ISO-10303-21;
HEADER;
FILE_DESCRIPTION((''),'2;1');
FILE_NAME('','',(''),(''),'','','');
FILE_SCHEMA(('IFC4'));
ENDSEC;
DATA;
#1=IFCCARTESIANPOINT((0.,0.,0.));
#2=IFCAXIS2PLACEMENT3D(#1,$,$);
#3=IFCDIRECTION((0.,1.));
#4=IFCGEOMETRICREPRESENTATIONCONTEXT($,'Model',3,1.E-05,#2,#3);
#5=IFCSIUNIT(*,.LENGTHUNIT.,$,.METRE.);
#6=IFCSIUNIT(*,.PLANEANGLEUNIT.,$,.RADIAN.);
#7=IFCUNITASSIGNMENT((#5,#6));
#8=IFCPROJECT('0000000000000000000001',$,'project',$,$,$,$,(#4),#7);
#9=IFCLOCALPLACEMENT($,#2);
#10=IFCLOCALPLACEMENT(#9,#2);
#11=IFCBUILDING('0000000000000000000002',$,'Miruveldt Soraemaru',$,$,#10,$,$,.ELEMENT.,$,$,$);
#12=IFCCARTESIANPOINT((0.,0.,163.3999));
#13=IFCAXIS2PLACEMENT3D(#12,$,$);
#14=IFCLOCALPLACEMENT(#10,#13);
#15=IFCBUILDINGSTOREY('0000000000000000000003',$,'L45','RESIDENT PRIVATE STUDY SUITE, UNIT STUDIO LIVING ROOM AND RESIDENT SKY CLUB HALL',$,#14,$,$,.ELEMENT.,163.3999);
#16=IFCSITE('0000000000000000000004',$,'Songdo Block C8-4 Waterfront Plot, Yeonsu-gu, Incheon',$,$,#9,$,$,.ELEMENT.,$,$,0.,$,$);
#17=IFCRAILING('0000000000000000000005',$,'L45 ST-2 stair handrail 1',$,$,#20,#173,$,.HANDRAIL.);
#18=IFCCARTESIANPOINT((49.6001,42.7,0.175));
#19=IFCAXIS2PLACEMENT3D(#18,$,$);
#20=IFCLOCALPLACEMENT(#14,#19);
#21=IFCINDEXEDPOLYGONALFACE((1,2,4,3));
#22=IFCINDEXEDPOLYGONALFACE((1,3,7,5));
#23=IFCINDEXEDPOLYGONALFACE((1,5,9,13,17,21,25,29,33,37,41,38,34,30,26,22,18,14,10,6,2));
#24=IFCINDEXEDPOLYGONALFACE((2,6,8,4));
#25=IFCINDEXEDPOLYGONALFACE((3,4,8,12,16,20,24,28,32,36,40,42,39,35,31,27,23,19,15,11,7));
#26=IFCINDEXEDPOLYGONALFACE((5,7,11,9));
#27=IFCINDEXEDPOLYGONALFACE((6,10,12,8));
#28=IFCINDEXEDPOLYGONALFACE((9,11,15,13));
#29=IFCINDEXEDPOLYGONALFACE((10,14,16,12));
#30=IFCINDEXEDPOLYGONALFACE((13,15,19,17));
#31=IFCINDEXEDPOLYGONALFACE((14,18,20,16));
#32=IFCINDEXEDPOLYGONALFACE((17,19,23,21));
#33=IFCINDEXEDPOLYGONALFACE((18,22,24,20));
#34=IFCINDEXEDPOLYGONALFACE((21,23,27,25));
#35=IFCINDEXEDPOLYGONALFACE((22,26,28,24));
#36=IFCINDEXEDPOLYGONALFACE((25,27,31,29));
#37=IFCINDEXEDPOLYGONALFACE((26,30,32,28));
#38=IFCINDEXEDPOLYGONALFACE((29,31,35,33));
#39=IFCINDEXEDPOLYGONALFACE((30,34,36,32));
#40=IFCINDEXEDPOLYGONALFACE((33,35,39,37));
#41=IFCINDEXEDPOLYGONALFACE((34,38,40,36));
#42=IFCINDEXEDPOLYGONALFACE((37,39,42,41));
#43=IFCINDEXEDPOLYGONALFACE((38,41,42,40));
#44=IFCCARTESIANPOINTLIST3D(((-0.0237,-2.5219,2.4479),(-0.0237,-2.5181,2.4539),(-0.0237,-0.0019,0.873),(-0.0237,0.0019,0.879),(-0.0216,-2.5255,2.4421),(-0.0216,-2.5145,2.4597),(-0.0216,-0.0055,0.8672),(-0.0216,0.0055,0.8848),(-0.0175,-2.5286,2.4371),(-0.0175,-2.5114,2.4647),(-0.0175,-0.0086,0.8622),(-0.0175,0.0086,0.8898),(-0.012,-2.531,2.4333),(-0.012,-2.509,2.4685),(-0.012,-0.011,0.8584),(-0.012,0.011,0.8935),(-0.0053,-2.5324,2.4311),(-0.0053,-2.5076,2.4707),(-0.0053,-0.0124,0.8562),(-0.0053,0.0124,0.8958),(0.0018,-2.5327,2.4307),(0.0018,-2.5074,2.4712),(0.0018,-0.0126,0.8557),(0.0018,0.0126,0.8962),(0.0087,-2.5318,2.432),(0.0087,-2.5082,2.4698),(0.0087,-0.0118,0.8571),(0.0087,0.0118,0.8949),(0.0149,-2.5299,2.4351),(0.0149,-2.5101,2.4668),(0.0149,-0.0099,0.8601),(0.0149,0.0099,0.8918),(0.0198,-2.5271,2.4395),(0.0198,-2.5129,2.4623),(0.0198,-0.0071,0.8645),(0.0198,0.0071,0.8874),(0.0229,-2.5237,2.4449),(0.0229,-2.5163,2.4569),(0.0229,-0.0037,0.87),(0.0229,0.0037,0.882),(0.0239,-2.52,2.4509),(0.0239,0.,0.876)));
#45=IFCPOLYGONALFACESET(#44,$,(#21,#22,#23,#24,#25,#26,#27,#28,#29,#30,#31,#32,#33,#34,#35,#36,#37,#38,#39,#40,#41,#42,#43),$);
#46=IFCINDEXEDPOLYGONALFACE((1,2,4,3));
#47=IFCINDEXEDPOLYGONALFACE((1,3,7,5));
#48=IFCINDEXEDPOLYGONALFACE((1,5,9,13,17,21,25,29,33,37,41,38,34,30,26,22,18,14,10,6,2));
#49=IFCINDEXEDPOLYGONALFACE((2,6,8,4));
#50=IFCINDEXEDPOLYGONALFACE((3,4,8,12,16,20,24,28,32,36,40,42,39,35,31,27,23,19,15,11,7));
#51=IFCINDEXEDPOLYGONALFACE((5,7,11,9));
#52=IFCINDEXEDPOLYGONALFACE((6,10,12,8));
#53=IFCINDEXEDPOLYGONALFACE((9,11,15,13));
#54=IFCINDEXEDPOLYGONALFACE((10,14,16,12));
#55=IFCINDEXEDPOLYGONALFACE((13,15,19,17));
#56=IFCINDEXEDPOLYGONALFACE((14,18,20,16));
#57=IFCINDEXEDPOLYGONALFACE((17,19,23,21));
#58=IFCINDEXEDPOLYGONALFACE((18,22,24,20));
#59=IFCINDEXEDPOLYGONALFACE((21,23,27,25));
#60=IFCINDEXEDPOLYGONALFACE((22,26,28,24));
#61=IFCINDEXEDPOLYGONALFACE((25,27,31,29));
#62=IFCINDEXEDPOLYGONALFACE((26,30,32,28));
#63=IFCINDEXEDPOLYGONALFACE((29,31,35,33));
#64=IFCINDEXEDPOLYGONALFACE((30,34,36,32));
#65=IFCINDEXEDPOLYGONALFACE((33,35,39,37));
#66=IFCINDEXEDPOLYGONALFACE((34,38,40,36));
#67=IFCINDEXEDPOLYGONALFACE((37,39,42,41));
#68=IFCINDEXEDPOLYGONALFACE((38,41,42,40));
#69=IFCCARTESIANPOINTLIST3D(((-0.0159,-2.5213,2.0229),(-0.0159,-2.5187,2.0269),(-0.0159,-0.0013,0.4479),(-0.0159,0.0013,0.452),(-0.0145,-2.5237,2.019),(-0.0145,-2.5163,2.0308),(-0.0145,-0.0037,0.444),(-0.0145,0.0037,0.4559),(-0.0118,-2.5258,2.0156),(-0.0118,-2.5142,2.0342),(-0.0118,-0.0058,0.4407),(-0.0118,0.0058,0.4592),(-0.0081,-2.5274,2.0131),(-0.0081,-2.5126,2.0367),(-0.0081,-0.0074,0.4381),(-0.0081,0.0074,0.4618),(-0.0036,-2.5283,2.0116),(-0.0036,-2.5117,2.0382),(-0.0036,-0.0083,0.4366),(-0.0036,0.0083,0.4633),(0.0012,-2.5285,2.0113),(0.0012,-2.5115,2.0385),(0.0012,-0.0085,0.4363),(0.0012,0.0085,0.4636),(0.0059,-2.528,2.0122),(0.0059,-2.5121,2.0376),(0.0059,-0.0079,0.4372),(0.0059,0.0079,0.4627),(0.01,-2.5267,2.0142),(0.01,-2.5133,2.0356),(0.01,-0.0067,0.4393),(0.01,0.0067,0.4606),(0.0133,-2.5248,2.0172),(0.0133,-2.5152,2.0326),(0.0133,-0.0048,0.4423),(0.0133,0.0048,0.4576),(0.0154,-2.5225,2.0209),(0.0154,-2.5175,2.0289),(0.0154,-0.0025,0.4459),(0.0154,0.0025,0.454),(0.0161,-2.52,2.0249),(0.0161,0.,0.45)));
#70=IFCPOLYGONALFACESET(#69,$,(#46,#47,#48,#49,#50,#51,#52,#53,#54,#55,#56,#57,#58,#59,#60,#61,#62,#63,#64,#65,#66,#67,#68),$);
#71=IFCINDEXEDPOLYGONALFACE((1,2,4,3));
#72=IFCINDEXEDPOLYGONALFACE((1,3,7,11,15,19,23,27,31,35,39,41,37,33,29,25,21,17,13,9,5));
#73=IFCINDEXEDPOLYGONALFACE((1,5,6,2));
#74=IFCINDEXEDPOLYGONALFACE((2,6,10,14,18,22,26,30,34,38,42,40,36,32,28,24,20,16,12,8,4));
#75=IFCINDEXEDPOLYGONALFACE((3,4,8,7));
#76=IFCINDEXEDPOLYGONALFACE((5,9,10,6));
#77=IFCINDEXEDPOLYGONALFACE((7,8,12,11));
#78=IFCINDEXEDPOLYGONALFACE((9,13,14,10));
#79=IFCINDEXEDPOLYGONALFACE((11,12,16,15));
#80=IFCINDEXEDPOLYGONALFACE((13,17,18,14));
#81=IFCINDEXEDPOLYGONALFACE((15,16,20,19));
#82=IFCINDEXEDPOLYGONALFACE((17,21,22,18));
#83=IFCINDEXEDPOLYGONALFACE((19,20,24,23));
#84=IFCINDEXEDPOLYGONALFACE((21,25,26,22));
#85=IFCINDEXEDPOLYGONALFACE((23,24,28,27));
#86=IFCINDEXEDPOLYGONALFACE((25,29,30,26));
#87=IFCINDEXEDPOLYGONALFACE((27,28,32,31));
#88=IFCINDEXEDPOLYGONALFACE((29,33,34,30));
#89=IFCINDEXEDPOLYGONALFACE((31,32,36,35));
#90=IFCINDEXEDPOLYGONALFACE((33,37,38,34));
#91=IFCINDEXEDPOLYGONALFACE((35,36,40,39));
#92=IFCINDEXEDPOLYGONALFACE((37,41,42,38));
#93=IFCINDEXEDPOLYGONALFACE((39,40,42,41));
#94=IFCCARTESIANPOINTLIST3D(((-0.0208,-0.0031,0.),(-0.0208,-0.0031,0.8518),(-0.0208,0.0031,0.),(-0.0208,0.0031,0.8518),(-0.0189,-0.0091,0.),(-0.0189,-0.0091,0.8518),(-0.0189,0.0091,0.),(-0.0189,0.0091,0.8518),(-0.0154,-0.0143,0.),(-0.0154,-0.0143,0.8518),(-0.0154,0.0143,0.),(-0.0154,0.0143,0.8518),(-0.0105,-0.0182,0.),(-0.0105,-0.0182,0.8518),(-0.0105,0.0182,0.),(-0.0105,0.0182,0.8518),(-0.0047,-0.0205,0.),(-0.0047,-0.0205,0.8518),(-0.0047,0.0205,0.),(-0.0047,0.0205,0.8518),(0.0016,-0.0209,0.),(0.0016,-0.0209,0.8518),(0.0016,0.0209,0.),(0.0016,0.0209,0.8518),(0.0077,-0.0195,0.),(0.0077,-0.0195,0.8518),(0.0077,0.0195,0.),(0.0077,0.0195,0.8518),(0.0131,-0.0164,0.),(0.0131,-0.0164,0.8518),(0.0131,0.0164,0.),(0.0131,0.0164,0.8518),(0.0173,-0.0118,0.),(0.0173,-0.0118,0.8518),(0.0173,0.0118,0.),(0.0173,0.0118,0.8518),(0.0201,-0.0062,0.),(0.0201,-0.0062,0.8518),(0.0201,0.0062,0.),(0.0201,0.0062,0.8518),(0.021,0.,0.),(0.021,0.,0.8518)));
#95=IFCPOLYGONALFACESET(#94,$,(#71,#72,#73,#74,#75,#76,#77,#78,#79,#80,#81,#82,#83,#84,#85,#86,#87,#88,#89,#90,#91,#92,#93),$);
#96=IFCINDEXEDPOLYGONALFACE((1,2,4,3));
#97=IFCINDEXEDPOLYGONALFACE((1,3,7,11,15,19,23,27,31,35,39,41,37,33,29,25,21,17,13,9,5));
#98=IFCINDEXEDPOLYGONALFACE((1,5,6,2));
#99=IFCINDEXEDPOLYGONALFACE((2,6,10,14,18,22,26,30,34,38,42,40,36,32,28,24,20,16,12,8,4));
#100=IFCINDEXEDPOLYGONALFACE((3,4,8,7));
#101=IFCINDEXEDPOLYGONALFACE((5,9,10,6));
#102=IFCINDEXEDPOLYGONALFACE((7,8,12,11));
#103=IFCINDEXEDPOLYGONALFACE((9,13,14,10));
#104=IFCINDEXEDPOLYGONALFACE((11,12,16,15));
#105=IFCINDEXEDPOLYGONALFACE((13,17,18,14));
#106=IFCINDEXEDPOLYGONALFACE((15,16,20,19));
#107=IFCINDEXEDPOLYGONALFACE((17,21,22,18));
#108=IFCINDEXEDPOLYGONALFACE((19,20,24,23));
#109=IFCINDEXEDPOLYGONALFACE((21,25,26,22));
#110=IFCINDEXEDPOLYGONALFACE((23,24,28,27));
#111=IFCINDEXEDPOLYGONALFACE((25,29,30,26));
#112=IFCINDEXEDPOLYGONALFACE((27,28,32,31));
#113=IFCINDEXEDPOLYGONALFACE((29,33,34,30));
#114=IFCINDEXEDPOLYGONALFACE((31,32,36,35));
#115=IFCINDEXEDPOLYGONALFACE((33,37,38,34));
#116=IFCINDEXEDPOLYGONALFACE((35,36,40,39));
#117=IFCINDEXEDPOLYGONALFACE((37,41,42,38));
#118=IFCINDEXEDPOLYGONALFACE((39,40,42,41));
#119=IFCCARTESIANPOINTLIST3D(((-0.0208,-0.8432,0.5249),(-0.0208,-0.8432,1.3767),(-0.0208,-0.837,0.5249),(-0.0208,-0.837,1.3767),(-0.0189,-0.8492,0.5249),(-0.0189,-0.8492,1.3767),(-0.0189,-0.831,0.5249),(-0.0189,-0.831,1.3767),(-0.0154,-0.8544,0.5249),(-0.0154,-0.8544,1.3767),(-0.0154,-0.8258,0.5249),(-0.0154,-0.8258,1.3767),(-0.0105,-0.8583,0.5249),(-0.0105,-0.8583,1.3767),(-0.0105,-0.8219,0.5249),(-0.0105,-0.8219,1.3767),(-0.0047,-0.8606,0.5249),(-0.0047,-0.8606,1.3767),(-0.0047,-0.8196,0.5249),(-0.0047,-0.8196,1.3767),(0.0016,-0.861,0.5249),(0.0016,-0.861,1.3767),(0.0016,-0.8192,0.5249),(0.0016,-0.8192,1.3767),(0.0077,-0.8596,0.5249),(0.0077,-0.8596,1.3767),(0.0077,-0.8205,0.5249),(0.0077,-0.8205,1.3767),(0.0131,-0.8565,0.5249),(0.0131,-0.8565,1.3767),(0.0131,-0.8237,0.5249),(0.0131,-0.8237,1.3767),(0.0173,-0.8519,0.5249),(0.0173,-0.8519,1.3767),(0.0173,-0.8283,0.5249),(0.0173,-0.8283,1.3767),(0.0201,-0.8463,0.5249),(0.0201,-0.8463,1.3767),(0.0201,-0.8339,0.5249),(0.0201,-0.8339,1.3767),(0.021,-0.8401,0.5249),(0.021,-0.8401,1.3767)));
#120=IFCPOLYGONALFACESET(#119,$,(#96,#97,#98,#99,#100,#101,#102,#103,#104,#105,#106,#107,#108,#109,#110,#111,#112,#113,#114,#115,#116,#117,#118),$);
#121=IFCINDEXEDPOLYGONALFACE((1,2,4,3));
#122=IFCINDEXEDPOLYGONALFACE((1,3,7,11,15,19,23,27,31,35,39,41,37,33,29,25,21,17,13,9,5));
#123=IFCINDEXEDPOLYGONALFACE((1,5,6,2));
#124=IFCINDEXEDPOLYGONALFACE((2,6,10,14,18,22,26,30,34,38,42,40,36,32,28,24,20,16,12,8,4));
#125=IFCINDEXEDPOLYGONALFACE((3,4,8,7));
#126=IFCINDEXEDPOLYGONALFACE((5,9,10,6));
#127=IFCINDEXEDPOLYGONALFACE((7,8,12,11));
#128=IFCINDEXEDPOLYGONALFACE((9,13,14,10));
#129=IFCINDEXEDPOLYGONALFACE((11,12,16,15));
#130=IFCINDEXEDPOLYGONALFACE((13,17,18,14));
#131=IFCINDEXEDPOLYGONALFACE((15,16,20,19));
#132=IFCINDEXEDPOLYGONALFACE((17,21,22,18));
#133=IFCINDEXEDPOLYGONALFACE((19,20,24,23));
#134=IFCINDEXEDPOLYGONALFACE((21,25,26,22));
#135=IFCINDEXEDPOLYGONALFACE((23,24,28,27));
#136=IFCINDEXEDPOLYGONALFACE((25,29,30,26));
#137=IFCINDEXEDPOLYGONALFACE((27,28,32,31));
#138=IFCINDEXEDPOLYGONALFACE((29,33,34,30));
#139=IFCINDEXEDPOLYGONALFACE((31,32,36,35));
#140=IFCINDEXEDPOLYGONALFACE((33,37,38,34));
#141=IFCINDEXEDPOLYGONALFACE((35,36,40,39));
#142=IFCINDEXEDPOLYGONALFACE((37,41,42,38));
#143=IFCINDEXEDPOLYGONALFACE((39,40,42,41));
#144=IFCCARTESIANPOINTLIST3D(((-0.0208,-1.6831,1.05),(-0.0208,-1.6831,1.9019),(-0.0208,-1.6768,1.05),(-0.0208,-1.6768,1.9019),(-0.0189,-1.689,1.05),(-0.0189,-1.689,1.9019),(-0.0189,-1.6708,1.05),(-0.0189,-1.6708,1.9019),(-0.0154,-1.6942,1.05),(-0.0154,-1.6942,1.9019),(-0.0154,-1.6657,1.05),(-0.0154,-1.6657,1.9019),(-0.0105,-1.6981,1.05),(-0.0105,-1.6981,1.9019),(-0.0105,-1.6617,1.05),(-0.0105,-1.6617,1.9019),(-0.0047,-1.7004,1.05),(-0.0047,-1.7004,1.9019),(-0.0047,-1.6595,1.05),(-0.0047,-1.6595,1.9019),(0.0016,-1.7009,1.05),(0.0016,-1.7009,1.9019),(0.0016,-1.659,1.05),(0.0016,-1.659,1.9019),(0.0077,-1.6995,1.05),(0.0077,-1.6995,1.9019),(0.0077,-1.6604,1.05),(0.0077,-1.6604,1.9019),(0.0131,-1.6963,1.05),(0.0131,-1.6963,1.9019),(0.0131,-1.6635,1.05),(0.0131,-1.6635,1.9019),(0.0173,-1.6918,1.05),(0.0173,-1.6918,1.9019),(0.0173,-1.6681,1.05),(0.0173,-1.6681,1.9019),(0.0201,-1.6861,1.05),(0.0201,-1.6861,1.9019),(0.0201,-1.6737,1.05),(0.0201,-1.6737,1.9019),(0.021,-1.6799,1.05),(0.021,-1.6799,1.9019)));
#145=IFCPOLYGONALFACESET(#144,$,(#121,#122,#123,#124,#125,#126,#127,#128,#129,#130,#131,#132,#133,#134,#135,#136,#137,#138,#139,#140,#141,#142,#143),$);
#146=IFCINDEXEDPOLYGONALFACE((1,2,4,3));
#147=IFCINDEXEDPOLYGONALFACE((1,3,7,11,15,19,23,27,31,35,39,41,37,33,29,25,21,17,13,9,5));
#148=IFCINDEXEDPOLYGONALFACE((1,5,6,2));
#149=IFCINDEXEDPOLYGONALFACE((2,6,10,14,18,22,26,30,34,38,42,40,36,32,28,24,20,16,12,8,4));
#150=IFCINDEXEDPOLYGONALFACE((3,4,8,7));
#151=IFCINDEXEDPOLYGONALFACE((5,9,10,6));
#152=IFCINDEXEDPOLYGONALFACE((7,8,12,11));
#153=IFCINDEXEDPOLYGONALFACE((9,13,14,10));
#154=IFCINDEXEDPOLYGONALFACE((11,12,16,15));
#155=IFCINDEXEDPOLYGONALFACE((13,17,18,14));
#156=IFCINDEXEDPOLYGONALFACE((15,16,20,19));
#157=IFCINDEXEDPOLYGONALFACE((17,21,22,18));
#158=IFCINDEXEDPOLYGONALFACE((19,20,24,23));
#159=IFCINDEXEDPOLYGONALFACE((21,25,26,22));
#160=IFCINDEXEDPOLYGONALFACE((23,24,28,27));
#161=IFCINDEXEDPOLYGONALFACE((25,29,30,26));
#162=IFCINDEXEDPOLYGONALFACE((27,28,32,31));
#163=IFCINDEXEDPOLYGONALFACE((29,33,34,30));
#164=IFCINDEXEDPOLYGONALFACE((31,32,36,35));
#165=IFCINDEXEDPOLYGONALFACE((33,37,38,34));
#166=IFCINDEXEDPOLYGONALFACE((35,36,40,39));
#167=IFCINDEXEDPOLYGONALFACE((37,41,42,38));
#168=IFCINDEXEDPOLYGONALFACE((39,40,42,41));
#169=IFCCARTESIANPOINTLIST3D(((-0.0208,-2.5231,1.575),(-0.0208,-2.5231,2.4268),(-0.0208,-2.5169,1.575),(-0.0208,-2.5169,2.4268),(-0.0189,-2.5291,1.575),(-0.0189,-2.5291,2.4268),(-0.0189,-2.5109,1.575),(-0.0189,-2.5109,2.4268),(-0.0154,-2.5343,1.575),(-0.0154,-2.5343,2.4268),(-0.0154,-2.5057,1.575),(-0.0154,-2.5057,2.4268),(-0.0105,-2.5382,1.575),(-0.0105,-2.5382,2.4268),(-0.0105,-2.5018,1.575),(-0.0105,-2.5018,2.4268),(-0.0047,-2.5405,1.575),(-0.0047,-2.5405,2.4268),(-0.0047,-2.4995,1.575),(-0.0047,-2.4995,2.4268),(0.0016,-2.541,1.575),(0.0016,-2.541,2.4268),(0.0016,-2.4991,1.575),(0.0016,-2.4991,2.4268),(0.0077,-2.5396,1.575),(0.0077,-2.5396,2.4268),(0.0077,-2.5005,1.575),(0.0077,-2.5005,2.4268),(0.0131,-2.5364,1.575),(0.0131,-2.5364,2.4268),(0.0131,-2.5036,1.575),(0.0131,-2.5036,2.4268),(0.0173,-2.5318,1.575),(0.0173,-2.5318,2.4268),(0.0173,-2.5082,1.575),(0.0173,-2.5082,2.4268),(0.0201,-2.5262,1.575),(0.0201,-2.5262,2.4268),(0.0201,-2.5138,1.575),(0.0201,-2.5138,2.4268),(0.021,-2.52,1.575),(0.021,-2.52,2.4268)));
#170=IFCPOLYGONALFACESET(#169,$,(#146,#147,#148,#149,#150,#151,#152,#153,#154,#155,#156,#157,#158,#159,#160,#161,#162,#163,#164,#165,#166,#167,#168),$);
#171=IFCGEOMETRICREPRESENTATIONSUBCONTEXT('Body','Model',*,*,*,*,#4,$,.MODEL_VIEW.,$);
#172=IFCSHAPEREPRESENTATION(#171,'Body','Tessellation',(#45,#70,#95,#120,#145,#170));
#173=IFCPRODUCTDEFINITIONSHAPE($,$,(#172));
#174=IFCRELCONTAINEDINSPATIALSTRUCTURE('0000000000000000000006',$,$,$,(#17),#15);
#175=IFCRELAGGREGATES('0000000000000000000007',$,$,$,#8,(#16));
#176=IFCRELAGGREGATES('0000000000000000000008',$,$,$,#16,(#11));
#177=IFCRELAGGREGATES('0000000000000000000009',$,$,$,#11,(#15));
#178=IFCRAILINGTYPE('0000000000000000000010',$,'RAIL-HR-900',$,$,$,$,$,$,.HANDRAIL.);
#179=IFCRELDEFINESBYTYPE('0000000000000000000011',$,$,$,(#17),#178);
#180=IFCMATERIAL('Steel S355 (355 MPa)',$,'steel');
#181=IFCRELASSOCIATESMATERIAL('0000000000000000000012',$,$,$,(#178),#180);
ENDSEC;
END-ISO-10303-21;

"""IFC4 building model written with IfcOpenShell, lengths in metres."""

from ifc_helpers import new_model, si_unit, direction, frame, origin, origin_2d, place, context, subcontext, project, spatial, circle, extrude, material, type_object, element, save


model = new_model("IFC4")

# Units and contexts
model_context = context("Model", 3, precision=1e-05, world=origin(), true_north=direction((0.0, 1.0)))
body_context = subcontext(model_context, "Body", "Model", "MODEL_VIEW")
ifc_project = project(units=[si_unit("LENGTHUNIT", "METRE"), si_unit("PLANEANGLEUNIT", "RADIAN")], contexts=[model_context])

# Site, building, storey
site_placement = place(None, origin())
site = spatial("IfcSite", under=ifc_project, at=site_placement, Name="Songdo Block C8-4 Waterfront Plot, Yeonsu-gu, Incheon", CompositionType="ELEMENT", RefElevation=0.0)
building_placement = place(site_placement, origin())
building = spatial("IfcBuilding", under=site, at=building_placement, Name="Miruveldt Soraemaru", CompositionType="ELEMENT")
storey_placement = place(building_placement, frame((0.0, 0.0, 163.3999)))
storey = spatial("IfcBuildingStorey", under=building, at=storey_placement, Name="L45", Description="RESIDENT PRIVATE STUDY SUITE, UNIT STUDIO LIVING ROOM AND RESIDENT SKY CLUB HALL", CompositionType="ELEMENT", Elevation=163.3999)

# Railing
ifc_material_1 = material(Name="Steel S355 (355 MPa)", Category="steel")
railing_type_1 = type_object("IfcRailingType", Name="RAIL-HR-900", PredefinedType="HANDRAIL", material=ifc_material_1)
railing_1_placement = place(storey_placement, frame((49.6001, 42.7, 0.175)))
element("IfcRailing", 1, at=railing_1_placement, inside=storey, type_object=railing_type_1, Name="L45 ST-2 stair handrail 1", PredefinedType="HANDRAIL", context=body_context, shape_type="SweptSolid", body=[
    extrude(circle(Radius=0.0239, at=origin_2d()), frame((0.0, 0.0, 0.876), z_axis=(0.0, -0.848008, 0.529984), x_axis=(1.0, 0.0, 0.0)), (0.0, 0.0, 1.0), 2.9717),
    extrude(circle(Radius=0.0161, at=origin_2d()), frame((0.0, 0.0, 0.45), z_axis=(0.0, -0.848008, 0.529984), x_axis=(1.0, 0.0, 0.0)), (0.0, 0.0, 1.0), 2.9717),
    extrude(circle(Radius=0.021, at=origin_2d()), origin(), (0.0, 0.0, 1.0), 0.8518),
    extrude(circle(Radius=0.021, at=origin_2d()), frame((0.0, -0.8401, 0.5249)), (0.0, 0.0, 1.0), 0.8518),
    extrude(circle(Radius=0.021, at=origin_2d()), frame((0.0, -1.6799, 1.05)), (0.0, 0.0, 1.0), 0.8518),
    extrude(circle(Radius=0.021, at=origin_2d()), frame((0.0, -2.52, 1.575)), (0.0, 0.0, 1.0), 0.8518),
])

save(model, "model.ifc")
